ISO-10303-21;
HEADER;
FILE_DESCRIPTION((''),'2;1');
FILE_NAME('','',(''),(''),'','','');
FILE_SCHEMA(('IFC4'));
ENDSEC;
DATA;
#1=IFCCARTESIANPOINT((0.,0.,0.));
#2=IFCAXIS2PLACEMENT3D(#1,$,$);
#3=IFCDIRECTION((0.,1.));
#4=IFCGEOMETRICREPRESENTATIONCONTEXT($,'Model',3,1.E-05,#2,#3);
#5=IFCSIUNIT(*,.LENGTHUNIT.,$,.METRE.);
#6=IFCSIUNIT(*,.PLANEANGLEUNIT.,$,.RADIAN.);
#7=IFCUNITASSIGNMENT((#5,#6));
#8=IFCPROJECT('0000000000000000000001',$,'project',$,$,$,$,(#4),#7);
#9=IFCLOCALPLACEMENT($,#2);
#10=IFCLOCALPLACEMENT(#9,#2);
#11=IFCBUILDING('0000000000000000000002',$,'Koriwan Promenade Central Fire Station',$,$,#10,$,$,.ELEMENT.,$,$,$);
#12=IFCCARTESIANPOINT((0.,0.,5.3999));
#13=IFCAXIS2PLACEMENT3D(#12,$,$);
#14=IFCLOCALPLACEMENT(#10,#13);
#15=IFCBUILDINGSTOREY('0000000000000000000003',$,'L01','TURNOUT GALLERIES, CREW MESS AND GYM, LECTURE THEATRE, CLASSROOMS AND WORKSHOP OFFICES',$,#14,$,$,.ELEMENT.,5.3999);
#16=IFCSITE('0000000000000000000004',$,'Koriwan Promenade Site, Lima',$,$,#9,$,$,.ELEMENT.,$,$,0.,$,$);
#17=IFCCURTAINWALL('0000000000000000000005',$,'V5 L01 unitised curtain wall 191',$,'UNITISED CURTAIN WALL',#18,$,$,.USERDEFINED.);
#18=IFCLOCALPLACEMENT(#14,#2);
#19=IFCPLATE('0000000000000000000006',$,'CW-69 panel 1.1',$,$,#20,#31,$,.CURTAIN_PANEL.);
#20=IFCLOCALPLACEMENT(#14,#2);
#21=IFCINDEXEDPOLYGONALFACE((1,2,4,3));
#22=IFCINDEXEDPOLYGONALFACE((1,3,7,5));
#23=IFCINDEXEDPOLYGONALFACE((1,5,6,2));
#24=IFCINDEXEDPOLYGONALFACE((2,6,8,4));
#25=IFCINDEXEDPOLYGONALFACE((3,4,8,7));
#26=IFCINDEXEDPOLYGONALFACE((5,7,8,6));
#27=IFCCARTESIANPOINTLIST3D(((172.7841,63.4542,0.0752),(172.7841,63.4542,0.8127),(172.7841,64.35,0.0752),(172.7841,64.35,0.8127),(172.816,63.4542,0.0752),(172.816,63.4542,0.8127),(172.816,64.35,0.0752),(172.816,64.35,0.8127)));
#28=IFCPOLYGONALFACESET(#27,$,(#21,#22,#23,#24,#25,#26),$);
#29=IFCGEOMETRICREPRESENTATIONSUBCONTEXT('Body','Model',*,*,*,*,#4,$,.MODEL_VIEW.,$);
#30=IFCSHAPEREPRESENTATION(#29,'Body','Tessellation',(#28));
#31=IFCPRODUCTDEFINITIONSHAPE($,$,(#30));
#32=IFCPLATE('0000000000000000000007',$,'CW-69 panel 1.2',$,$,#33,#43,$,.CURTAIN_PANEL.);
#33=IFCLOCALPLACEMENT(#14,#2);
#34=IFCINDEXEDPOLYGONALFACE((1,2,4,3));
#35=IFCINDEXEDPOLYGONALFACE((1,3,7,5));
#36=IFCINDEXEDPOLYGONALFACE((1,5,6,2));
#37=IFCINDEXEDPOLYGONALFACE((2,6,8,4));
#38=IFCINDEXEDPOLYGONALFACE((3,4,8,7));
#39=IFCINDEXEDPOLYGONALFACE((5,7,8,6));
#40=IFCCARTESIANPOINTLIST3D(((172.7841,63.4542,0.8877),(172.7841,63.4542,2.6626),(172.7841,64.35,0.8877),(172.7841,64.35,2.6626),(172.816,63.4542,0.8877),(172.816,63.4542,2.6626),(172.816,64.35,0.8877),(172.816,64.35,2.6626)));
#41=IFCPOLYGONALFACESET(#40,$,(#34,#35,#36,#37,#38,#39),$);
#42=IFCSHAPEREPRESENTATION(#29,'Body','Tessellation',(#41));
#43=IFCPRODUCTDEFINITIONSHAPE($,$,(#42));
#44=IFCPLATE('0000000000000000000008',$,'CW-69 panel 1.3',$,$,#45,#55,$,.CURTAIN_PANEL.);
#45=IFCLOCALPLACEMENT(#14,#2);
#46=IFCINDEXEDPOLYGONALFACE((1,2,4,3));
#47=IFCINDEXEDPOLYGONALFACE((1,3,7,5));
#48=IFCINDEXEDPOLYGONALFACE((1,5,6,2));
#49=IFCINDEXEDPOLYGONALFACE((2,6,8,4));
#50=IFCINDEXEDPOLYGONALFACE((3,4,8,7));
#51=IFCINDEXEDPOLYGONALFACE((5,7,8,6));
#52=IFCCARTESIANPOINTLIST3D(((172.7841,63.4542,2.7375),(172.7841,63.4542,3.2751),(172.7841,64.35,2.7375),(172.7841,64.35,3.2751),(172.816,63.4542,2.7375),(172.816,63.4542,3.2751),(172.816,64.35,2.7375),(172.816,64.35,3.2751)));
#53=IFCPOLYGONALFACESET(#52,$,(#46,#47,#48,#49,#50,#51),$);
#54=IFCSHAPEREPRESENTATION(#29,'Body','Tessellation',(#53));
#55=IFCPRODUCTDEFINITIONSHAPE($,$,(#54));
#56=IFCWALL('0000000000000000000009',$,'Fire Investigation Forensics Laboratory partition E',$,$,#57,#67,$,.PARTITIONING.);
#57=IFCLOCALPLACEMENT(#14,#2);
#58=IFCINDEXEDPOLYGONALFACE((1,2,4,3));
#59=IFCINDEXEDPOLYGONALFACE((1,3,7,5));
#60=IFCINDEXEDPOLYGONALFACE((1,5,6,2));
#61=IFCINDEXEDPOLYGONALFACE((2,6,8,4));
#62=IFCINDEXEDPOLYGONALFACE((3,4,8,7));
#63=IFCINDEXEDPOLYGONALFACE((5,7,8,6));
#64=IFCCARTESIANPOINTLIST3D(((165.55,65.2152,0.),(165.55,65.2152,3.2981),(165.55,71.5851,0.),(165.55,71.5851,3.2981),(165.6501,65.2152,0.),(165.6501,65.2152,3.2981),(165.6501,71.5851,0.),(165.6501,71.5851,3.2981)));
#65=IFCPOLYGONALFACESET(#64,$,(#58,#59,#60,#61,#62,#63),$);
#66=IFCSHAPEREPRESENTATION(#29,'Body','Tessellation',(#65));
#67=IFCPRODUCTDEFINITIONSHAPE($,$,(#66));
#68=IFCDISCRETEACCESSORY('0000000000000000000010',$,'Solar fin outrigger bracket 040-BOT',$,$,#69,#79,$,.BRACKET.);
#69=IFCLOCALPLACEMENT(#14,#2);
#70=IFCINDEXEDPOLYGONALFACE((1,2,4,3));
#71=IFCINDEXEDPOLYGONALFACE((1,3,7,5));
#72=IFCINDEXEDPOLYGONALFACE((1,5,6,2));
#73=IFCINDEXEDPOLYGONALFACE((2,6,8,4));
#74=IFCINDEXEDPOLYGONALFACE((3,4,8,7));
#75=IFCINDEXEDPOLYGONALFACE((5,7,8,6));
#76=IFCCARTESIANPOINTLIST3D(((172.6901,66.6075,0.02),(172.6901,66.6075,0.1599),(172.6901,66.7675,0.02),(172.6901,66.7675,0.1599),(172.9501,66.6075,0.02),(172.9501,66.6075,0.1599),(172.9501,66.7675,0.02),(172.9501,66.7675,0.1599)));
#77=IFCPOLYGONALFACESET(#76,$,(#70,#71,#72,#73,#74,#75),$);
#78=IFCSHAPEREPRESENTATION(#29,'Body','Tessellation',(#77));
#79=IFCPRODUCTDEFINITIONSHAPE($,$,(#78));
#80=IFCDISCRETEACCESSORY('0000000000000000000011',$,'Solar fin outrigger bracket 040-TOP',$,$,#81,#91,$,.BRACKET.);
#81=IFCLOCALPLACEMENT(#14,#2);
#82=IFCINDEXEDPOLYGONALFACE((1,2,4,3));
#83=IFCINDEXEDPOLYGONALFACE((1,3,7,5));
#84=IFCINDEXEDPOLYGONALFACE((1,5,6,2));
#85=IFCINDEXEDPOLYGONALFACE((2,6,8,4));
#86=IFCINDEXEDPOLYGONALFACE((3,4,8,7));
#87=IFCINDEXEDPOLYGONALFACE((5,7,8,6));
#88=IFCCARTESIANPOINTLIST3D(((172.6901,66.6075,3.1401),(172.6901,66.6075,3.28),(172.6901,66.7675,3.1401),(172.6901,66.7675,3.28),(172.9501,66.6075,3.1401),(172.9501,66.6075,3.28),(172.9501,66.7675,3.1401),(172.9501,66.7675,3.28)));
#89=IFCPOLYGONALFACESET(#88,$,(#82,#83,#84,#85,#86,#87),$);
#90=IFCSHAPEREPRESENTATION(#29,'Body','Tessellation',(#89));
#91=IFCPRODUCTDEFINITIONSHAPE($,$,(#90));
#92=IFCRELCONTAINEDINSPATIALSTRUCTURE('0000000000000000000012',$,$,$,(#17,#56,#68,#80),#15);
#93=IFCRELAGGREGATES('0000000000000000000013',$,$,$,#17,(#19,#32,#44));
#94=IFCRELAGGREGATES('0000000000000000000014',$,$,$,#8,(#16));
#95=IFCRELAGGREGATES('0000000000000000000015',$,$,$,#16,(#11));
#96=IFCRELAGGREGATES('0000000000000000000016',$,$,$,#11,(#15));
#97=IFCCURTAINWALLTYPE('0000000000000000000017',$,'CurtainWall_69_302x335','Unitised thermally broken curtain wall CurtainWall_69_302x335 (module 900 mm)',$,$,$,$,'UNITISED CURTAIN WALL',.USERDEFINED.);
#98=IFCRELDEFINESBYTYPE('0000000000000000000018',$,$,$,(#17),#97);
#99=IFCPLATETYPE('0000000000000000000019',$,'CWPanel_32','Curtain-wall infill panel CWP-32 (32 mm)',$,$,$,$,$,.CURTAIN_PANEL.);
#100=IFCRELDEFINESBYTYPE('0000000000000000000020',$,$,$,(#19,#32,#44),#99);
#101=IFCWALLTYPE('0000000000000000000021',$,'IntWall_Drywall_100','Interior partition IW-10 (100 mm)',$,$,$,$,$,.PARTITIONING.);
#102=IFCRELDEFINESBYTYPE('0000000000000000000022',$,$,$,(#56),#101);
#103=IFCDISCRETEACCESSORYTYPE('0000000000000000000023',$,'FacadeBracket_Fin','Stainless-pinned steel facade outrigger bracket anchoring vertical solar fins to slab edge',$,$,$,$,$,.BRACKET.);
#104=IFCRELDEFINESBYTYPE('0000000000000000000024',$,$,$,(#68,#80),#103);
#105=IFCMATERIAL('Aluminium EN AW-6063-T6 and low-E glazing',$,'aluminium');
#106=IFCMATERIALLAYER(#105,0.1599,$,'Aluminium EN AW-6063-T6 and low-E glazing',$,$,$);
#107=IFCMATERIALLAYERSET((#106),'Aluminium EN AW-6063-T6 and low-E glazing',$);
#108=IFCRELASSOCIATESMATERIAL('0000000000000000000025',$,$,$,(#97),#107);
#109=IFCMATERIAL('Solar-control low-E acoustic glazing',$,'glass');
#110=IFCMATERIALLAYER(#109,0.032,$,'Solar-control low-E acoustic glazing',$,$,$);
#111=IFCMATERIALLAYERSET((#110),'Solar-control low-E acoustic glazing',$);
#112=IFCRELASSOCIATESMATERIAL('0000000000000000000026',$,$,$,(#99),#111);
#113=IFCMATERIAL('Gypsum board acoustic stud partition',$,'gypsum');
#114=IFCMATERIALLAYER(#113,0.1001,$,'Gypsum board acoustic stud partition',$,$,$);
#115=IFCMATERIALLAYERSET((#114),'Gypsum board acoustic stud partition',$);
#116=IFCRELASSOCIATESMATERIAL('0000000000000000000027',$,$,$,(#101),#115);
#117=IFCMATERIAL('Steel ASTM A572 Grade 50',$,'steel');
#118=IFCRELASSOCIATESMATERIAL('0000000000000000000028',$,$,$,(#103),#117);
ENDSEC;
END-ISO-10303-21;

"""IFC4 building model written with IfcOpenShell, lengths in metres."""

from ifc_helpers import new_model, si_unit, direction, frame, frame_2d, origin, origin_2d, place, context, subcontext, project, spatial, rectangle, extrude, material, layer, layer_set, type_object, element, aggregate, save


model = new_model("IFC4")

# Units and contexts
model_context = context("Model", 3, precision=1e-05, world=origin(), true_north=direction((0.0, 1.0)))
body_context = subcontext(model_context, "Body", "Model", "MODEL_VIEW")
ifc_project = project(units=[si_unit("LENGTHUNIT", "METRE"), si_unit("PLANEANGLEUNIT", "RADIAN")], contexts=[model_context])

# Site, building, storey
site_placement = place(None, origin())
site = spatial("IfcSite", under=ifc_project, at=site_placement, Name="Koriwan Promenade Site, Lima", CompositionType="ELEMENT", RefElevation=0.0)
building_placement = place(site_placement, origin())
building = spatial("IfcBuilding", under=site, at=building_placement, Name="Koriwan Promenade Central Fire Station", CompositionType="ELEMENT")
storey_placement = place(building_placement, frame((0.0, 0.0, 5.3999)))
storey = spatial("IfcBuildingStorey", under=building, at=storey_placement, Name="L01", Description="TURNOUT GALLERIES, CREW MESS AND GYM, LECTURE THEATRE, CLASSROOMS AND WORKSHOP OFFICES", CompositionType="ELEMENT", Elevation=5.3999)

# Shared definitions
ifc_material_1 = material(Name="Aluminium EN AW-6063-T6 and low-E glazing", Category="aluminium")

# Curtain wall
ifc_layer_1 = layer(ifc_material_1, 0.1599, Name="Aluminium EN AW-6063-T6 and low-E glazing")
ifc_layer_set_1 = layer_set([ifc_layer_1], Name="Aluminium EN AW-6063-T6 and low-E glazing")
curtain_wall_type_1 = type_object("IfcCurtainWallType", Name="CurtainWall_69_302x335", Description="Unitised thermally broken curtain wall CurtainWall_69_302x335 (module 900 mm)", ElementType="UNITISED CURTAIN WALL", PredefinedType="USERDEFINED", material=ifc_layer_set_1)
curtain_wall_1_placement = place(storey_placement, origin())
curtain_wall_1 = element("IfcCurtainWall", 1, at=curtain_wall_1_placement, inside=storey, type_object=curtain_wall_type_1, Name="V5 L01 unitised curtain wall 191", ObjectType="UNITISED CURTAIN WALL", PredefinedType="USERDEFINED")

# Plates
ifc_material_2 = material(Name="Solar-control low-E acoustic glazing", Category="glass")
ifc_layer_2 = layer(ifc_material_2, 0.032, Name="Solar-control low-E acoustic glazing")
ifc_layer_set_2 = layer_set([ifc_layer_2], Name="Solar-control low-E acoustic glazing")
plate_type = type_object("IfcPlateType", Name="CWPanel_32", Description="Curtain-wall infill panel CWP-32 (32 mm)", PredefinedType="CURTAIN_PANEL", material=ifc_layer_set_2)
plate_1_placement = place(storey_placement, frame((172.8, 63.9021, 0.0752), z_axis=(0.0, 0.0, 1.0), x_axis=(0.0, -1.0, 0.0)))
plate_1 = element("IfcPlate", 2, at=plate_1_placement, type_object=plate_type, Name="CW-69 panel 1.1", PredefinedType="CURTAIN_PANEL", context=body_context, shape_type="SweptSolid", body=[
    extrude(rectangle(XDim=0.8958, YDim=0.032, at=origin_2d()), origin(), (0.0, 0.0, 1.0), 0.7375),
])
plate_2_placement = place(storey_placement, frame((172.8, 63.9021, 0.8877), z_axis=(0.0, 0.0, 1.0), x_axis=(0.0, -1.0, 0.0)))
plate_2 = element("IfcPlate", 3, at=plate_2_placement, type_object=plate_type, Name="CW-69 panel 1.2", PredefinedType="CURTAIN_PANEL", context=body_context, shape_type="SweptSolid", body=[
    extrude(rectangle(XDim=0.8958, YDim=0.032, at=origin_2d()), origin(), (0.0, 0.0, 1.0), 1.7749),
])
plate_3_placement = place(storey_placement, frame((172.8, 63.9021, 2.7375), z_axis=(0.0, 0.0, 1.0), x_axis=(0.0, -1.0, 0.0)))
plate_3 = element("IfcPlate", 4, at=plate_3_placement, type_object=plate_type, Name="CW-69 panel 1.3", PredefinedType="CURTAIN_PANEL", context=body_context, shape_type="SweptSolid", body=[
    extrude(rectangle(XDim=0.8958, YDim=0.032, at=origin_2d()), origin(), (0.0, 0.0, 1.0), 0.5376),
])
aggregate(curtain_wall_1, [plate_1, plate_2, plate_3])

# Wall
ifc_material_3 = material(Name="Gypsum board acoustic stud partition", Category="gypsum")
ifc_layer_3 = layer(ifc_material_3, 0.1001, Name="Gypsum board acoustic stud partition")
ifc_layer_set_3 = layer_set([ifc_layer_3], Name="Gypsum board acoustic stud partition")
wall_type = type_object("IfcWallType", Name="IntWall_Drywall_100", Description="Interior partition IW-10 (100 mm)", PredefinedType="PARTITIONING", material=ifc_layer_set_3)
wall_placement = place(storey_placement, frame((165.6001, 65.2151, 0.0), z_axis=(0.0, 0.0, 1.0), x_axis=(0.0, 1.0, 0.0)))
element("IfcWall", 5, at=wall_placement, inside=storey, type_object=wall_type, Name="Fire Investigation Forensics Laboratory partition E", PredefinedType="PARTITIONING", context=body_context, shape_type="SweptSolid", body=[
    extrude(rectangle(XDim=6.3699, YDim=0.1001, at=frame_2d((3.1851, 0.0))), origin(), (0.0, 0.0, 1.0), 3.2981),
])

# Discrete accessories
ifc_material_4 = material(Name="Steel ASTM A572 Grade 50", Category="steel")
discrete_accessory_type = type_object("IfcDiscreteAccessoryType", Name="FacadeBracket_Fin", Description="Stainless-pinned steel facade outrigger bracket anchoring vertical solar fins to slab edge", PredefinedType="BRACKET", material=ifc_material_4)
for number, where, z_axis, x_axis, name in (
    (6, (172.8201, 66.6875, 0.02), (0.0, 0.0, 1.0), (1.0, 0.0, 0.0), "Solar fin outrigger bracket 040-BOT"),
    (7, (172.8201, 66.6875, 3.1401), (0.0, 0.0, 1.0), (1.0, 0.0, 0.0), "Solar fin outrigger bracket 040-TOP"),
):
    element("IfcDiscreteAccessory", number, at=place(storey_placement, frame(where, z_axis=z_axis, x_axis=x_axis)), inside=storey, type_object=discrete_accessory_type, Name=name, PredefinedType="BRACKET", context=body_context, shape_type="SweptSolid", body=[
        extrude(rectangle(XDim=0.26, YDim=0.1599, at=origin_2d()), origin(), (0.0, 0.0, 1.0), 0.1399),
    ])

save(model, "model.ifc")
